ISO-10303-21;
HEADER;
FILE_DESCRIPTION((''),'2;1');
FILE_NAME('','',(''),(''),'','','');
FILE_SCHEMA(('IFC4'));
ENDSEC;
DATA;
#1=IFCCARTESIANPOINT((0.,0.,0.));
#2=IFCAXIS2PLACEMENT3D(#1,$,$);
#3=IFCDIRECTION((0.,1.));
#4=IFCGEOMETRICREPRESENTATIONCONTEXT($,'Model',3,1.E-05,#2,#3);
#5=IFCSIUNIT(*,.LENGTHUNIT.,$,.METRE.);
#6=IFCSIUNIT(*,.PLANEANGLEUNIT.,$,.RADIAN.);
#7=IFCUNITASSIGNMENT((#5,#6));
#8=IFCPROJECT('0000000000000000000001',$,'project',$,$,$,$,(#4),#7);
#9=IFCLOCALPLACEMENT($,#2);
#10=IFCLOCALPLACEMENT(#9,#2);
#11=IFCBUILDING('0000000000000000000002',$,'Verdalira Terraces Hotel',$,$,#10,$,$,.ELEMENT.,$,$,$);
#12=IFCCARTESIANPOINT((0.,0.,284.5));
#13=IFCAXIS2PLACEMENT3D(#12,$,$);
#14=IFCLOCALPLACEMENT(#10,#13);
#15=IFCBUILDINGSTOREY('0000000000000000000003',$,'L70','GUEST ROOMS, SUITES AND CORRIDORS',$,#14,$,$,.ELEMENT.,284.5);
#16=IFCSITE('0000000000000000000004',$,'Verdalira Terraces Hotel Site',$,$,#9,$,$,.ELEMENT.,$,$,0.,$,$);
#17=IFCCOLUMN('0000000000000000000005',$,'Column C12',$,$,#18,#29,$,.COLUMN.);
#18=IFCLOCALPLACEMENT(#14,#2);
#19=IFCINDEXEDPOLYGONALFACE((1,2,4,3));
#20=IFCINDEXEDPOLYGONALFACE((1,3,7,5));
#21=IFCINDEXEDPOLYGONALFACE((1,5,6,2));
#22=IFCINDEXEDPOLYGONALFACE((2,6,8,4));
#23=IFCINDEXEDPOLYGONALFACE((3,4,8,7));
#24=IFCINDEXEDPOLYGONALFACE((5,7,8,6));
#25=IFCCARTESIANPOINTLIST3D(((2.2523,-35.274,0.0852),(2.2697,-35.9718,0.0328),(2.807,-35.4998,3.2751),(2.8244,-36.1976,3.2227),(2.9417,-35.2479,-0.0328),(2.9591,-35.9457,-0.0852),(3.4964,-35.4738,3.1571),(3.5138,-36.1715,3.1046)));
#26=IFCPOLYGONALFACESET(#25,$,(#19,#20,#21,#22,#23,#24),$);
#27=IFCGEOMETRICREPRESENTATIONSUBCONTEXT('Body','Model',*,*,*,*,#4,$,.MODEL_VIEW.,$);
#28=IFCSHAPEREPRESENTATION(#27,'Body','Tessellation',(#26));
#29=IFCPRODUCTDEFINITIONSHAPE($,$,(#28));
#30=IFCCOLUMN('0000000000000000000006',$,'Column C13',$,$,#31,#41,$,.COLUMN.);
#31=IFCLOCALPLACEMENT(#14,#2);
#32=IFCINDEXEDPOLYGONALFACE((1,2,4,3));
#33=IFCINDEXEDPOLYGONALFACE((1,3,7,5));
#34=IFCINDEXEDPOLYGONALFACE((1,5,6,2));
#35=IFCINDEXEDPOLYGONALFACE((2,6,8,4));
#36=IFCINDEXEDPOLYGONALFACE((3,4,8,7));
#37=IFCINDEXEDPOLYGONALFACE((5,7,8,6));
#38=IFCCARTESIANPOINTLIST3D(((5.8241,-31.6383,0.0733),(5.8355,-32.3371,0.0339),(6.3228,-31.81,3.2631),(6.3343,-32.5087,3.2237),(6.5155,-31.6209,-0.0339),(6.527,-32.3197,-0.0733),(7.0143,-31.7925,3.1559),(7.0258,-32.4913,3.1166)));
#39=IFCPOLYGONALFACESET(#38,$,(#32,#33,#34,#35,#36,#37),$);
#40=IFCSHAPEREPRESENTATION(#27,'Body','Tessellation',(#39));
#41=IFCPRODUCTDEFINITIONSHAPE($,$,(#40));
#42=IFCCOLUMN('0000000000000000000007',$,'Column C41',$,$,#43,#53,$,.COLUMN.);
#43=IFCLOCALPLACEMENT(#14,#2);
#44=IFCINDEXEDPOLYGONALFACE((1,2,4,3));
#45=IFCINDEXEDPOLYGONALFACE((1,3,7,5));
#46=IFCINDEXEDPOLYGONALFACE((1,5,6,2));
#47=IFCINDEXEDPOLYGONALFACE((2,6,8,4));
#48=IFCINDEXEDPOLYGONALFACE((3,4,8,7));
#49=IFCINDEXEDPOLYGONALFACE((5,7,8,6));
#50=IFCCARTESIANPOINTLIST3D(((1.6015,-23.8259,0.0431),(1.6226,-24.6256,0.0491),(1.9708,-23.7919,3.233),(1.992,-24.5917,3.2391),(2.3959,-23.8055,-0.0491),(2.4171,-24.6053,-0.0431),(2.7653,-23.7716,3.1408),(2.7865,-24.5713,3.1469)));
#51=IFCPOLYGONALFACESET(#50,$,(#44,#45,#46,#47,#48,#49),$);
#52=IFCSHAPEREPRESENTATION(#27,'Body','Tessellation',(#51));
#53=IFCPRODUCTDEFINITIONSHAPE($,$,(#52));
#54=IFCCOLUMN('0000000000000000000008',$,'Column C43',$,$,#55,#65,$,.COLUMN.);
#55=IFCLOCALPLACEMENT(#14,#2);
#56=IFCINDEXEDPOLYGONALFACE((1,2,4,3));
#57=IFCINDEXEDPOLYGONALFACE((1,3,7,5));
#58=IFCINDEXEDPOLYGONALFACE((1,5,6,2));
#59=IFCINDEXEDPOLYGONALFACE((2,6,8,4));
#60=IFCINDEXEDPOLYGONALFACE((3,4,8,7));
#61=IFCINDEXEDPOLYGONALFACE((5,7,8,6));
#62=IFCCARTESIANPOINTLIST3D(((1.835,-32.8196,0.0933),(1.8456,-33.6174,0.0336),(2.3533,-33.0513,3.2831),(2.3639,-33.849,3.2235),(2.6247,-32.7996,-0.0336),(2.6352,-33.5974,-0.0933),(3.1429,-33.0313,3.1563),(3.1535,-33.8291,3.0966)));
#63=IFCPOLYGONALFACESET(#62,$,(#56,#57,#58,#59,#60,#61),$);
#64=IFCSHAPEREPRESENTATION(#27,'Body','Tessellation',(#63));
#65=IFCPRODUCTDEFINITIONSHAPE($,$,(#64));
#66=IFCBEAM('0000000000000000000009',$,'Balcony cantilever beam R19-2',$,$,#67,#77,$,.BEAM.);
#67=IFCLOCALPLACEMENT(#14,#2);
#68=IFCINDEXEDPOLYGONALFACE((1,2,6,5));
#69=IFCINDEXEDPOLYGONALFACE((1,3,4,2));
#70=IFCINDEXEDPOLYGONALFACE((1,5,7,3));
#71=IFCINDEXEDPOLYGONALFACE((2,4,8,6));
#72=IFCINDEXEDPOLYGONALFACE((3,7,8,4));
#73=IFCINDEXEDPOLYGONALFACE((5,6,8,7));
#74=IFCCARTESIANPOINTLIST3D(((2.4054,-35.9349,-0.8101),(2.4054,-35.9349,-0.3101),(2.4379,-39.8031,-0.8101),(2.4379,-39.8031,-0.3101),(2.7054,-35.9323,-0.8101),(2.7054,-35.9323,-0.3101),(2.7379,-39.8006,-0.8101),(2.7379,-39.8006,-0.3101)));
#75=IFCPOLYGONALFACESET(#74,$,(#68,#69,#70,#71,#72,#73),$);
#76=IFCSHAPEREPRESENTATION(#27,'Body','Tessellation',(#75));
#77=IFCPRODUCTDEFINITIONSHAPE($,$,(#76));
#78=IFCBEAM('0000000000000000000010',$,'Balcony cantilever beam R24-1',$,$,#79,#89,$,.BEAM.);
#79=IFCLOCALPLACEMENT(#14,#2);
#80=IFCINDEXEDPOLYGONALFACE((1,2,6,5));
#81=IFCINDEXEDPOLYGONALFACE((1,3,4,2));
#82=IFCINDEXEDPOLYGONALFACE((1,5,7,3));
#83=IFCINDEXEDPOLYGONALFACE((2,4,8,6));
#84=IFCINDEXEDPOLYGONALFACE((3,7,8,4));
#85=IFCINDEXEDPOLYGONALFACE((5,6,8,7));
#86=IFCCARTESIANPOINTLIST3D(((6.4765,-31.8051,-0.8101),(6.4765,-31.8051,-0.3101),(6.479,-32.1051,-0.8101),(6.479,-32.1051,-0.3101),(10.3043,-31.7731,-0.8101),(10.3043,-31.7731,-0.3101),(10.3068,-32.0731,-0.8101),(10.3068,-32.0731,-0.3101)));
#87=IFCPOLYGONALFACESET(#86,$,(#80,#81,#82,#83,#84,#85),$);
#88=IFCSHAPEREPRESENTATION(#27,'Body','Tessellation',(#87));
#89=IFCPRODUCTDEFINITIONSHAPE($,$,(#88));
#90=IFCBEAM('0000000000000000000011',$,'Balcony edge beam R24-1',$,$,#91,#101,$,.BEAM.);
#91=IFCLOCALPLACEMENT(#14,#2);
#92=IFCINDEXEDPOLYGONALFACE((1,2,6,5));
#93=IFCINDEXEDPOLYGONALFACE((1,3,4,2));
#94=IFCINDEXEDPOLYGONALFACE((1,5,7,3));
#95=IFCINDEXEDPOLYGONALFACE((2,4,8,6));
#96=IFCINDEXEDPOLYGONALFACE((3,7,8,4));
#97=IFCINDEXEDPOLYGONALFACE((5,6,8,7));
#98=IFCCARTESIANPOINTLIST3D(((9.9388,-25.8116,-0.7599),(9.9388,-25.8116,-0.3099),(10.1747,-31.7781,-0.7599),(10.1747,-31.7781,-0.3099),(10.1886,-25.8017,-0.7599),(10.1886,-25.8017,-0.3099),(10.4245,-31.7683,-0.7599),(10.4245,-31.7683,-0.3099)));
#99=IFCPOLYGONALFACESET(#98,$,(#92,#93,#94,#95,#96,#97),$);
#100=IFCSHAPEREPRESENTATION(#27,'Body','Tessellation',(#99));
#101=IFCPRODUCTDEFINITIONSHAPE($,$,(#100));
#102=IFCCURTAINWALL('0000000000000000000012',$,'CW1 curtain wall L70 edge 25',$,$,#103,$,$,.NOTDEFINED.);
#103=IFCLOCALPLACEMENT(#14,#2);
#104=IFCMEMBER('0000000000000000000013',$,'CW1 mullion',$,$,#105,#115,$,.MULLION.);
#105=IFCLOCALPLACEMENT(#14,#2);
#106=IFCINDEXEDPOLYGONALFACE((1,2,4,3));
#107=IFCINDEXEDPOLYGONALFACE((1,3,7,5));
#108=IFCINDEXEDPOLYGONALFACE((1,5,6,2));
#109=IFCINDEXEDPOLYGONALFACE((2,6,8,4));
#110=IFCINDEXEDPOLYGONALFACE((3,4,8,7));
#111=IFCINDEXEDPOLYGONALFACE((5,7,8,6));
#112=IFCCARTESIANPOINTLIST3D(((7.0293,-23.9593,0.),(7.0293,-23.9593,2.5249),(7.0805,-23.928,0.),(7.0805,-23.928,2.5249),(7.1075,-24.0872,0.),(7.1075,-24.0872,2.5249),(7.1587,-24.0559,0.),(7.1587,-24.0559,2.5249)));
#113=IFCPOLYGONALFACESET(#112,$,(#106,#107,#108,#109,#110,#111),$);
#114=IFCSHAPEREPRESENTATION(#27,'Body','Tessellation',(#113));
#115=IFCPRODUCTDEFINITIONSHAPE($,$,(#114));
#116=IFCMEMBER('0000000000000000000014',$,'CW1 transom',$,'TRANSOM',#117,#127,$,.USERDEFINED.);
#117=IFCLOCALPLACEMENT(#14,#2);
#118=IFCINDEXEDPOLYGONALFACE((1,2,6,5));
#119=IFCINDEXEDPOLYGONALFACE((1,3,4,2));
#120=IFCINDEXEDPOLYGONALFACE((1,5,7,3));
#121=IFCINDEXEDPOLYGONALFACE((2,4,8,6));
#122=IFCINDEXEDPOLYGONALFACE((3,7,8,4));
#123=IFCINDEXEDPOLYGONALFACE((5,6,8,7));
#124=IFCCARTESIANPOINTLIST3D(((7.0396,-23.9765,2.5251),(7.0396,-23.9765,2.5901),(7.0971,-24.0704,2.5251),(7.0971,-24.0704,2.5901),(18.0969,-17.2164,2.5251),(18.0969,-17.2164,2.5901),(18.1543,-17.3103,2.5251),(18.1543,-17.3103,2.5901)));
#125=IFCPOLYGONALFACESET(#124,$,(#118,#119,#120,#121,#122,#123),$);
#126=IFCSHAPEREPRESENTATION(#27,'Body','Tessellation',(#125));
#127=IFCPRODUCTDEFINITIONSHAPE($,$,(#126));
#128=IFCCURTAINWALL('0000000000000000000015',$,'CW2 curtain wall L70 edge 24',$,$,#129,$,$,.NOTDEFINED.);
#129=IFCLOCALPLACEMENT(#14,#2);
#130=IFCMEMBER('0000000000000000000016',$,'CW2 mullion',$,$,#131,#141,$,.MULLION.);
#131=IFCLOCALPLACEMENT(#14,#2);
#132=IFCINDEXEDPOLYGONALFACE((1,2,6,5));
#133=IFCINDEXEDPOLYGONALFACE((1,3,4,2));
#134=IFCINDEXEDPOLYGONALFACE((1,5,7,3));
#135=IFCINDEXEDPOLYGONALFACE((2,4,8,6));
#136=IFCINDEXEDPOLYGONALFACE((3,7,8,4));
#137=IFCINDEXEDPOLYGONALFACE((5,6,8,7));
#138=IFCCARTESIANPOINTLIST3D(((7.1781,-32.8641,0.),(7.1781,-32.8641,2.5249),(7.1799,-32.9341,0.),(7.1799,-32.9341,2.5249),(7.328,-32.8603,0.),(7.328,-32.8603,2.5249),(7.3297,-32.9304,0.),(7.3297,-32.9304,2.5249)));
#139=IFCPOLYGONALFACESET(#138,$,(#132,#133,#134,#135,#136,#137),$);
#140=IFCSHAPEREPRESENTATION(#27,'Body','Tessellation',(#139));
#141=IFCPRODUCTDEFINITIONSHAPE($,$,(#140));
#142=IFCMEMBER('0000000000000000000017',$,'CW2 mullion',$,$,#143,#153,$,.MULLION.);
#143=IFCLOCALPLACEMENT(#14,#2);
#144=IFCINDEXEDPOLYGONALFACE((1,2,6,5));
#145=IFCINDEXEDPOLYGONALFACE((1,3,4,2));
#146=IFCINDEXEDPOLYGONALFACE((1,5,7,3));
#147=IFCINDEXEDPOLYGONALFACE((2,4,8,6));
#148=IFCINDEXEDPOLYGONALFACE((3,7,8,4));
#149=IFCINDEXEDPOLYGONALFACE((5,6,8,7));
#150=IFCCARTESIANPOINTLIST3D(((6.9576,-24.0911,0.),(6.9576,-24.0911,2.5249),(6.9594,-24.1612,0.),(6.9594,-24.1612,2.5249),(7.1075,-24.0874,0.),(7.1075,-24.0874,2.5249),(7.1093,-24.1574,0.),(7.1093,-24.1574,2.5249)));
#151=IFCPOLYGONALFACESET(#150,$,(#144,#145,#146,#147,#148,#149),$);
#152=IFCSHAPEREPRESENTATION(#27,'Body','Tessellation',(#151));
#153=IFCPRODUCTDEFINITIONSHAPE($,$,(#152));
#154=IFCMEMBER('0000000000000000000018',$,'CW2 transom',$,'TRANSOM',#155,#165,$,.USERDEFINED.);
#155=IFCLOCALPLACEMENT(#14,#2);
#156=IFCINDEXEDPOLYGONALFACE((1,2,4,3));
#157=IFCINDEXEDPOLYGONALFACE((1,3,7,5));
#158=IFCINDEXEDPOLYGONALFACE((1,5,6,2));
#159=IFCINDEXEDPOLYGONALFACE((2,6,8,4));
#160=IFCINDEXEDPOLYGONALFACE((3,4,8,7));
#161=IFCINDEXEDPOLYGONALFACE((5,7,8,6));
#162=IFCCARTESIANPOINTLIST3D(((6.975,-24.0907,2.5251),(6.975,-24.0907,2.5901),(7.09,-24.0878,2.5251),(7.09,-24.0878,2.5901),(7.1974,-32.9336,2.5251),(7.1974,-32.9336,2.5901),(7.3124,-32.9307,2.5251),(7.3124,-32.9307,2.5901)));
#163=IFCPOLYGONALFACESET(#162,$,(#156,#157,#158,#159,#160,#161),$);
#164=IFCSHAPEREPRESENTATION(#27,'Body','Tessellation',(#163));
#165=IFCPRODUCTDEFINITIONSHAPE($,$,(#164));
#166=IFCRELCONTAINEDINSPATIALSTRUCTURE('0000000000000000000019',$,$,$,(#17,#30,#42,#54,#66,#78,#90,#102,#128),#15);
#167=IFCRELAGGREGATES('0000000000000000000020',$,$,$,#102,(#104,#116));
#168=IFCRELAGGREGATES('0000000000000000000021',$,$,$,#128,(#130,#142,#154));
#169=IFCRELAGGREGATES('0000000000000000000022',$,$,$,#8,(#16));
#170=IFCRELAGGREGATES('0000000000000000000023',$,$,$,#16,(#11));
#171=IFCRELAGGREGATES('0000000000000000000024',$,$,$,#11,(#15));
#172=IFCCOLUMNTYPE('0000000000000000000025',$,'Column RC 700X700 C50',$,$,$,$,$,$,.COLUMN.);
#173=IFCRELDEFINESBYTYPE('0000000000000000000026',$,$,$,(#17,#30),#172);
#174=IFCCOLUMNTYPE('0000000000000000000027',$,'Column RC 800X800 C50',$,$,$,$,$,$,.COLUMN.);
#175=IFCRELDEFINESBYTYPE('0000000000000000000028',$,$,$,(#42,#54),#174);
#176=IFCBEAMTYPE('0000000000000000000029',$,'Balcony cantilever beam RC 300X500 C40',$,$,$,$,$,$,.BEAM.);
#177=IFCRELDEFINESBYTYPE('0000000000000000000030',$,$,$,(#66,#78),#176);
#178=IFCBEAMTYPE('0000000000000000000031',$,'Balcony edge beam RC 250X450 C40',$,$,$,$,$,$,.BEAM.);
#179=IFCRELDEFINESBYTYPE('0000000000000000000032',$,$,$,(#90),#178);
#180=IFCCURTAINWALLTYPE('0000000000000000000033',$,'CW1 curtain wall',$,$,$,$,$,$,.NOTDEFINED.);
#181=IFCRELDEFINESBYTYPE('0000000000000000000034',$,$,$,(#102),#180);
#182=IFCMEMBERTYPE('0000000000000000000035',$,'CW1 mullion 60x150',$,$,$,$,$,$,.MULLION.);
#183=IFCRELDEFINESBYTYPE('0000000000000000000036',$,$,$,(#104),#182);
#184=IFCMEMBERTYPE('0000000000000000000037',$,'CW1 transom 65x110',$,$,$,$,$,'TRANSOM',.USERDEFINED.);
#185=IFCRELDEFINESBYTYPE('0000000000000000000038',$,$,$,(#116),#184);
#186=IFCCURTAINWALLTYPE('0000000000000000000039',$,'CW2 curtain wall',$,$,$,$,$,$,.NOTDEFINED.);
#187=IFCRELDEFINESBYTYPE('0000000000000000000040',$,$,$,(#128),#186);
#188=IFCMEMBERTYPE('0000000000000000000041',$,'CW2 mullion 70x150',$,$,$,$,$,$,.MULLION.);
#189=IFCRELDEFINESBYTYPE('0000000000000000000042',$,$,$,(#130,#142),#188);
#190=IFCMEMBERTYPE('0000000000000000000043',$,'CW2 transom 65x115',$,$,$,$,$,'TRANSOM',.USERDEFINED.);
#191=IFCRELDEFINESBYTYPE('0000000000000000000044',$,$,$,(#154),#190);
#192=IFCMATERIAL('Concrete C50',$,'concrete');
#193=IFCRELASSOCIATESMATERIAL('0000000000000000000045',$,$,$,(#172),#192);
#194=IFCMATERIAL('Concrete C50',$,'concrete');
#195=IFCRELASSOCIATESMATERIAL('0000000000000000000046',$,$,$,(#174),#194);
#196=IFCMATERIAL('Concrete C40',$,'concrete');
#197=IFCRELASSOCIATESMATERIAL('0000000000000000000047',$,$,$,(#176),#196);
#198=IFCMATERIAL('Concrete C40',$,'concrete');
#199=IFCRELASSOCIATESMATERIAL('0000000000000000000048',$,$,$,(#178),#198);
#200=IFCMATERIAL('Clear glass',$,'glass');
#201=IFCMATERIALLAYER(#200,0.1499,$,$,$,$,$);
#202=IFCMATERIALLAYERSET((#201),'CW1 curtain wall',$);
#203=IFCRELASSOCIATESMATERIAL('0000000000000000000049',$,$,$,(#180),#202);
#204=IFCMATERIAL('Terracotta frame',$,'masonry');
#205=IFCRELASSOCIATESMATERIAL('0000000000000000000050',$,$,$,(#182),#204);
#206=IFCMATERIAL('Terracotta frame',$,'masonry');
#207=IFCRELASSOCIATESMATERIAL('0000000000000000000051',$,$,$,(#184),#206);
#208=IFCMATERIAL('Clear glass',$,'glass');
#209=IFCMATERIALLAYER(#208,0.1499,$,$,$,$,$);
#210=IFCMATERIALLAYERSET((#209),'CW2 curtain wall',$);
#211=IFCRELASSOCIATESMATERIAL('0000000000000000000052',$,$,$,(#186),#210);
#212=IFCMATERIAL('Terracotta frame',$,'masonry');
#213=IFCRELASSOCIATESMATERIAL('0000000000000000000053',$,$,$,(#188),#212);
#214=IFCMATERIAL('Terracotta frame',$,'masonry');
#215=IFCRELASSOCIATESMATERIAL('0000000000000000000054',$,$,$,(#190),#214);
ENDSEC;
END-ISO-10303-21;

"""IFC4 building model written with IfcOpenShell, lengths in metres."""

from ifc_helpers import new_model, si_unit, direction, frame, origin, origin_2d, place, context, subcontext, project, spatial, rectangle, extrude, material, layer, layer_set, material_profile, profile_set, type_object, element, aggregate, save


model = new_model("IFC4")

# Units and contexts
model_context = context("Model", 3, precision=1e-05, world=origin(), true_north=direction((0.0, 1.0)))
body_context = subcontext(model_context, "Body", "Model", "MODEL_VIEW")
ifc_project = project(units=[si_unit("LENGTHUNIT", "METRE"), si_unit("PLANEANGLEUNIT", "RADIAN")], contexts=[model_context])

# Site, building, storey
site_placement = place(None, origin())
site = spatial("IfcSite", under=ifc_project, at=site_placement, Name="Verdalira Terraces Hotel Site", CompositionType="ELEMENT", RefElevation=0.0)
building_placement = place(site_placement, origin())
building = spatial("IfcBuilding", under=site, at=building_placement, Name="Verdalira Terraces Hotel", CompositionType="ELEMENT")
storey_placement = place(building_placement, frame((0.0, 0.0, 284.5)))
storey = spatial("IfcBuildingStorey", under=building, at=storey_placement, Name="L70", Description="GUEST ROOMS, SUITES AND CORRIDORS", CompositionType="ELEMENT", Elevation=284.5)

# Columns
ifc_material_1 = material(Name="Concrete C50", Category="concrete")
ifc_material_profile_1 = material_profile(ifc_material_1, rectangle(XDim=0.7, YDim=0.7, at=origin_2d()), Name="RC 700X700")
ifc_profile_set_1 = profile_set([ifc_material_profile_1], Name="Concrete C50")
column_type_1 = type_object("IfcColumnType", Name="Column RC 700X700 C50", PredefinedType="COLUMN", material=ifc_profile_set_1)
column_1_placement = place(storey_placement, frame((2.6057, -35.6099, 0.0), z_axis=(0.170901, -0.069579, 0.982828), x_axis=(0.984974, 0.037244, -0.168637)))
element("IfcColumn", 1, at=column_1_placement, inside=storey, type_object=column_type_1, Name="Column C12", PredefinedType="COLUMN", context=body_context, shape_type="SweptSolid", body=[
    extrude(rectangle(XDim=0.7, YDim=0.7, at=origin_2d()), origin(), (0.0, 0.0, 1.0), 3.2456),
])
column_2_placement = place(storey_placement, frame((6.1755, -31.979, 0.0), z_axis=(0.154265, -0.053083, 0.986602), x_axis=(-0.016423, 0.99828, 0.056279)))
element("IfcColumn", 2, at=column_2_placement, inside=storey, type_object=column_type_1, Name="Column C13", PredefinedType="COLUMN", context=body_context, shape_type="SweptSolid", body=[
    extrude(rectangle(XDim=0.7, YDim=0.7, at=origin_2d()), origin(), (0.0, 0.0, 1.0), 3.2332),
])
ifc_material_2 = material(Name="Concrete C50", Category="concrete")
ifc_material_profile_2 = material_profile(ifc_material_2, rectangle(XDim=0.8, YDim=0.8, at=origin_2d()), Name="RC 800X800")
ifc_profile_set_2 = profile_set([ifc_material_profile_2], Name="Concrete C50")
column_type_2 = type_object("IfcColumnType", Name="Column RC 800X800 C50", PredefinedType="COLUMN", material=ifc_profile_set_2)
column_3_placement = place(storey_placement, frame((2.0093, -24.2156, 0.0), z_axis=(0.115022, 0.010567, 0.993307), x_axis=(0.026463, -0.999621, 0.00757)))
element("IfcColumn", 3, at=column_3_placement, inside=storey, type_object=column_type_2, Name="Column C41", PredefinedType="COLUMN", context=body_context, shape_type="SweptSolid", body=[
    extrude(rectangle(XDim=0.8, YDim=0.8, at=origin_2d()), origin(), (0.0, 0.0, 1.0), 3.2114),
])
column_4_placement = place(storey_placement, frame((2.2351, -33.2085, 0.0), z_axis=(0.159969, -0.071508, 0.984529), x_axis=(0.013232, -0.997128, -0.074573)))
element("IfcColumn", 4, at=column_4_placement, inside=storey, type_object=column_type_2, Name="Column C43", PredefinedType="COLUMN", context=body_context, shape_type="SweptSolid", body=[
    extrude(rectangle(XDim=0.8, YDim=0.8, at=origin_2d()), origin(), (0.0, 0.0, 1.0), 3.24),
])

# Beams
ifc_material_3 = material(Name="Concrete C40", Category="concrete")
ifc_material_profile_3 = material_profile(ifc_material_3, rectangle(XDim=0.3, YDim=0.5, at=origin_2d()), Name="RC 300X500")
ifc_profile_set_3 = profile_set([ifc_material_profile_3], Name="Concrete C40")
beam_type_1 = type_object("IfcBeamType", Name="Balcony cantilever beam RC 300X500 C40", PredefinedType="BEAM", material=ifc_profile_set_3)
beam_1_placement = place(storey_placement, frame((2.5554, -35.9336, -0.5601), z_axis=(0.008394, -0.999965, 0.0), x_axis=(0.999965, 0.008394, 0.0)))
element("IfcBeam", 5, at=beam_1_placement, inside=storey, type_object=beam_type_1, Name="Balcony cantilever beam R19-2", PredefinedType="BEAM", context=body_context, shape_type="SweptSolid", body=[
    extrude(rectangle(XDim=0.3, YDim=0.5, at=origin_2d()), origin(), (0.0, 0.0, 1.0), 3.8684),
])
beam_2_placement = place(storey_placement, frame((6.4778, -31.9551, -0.5601), z_axis=(0.999965, 0.008355, 0.0), x_axis=(-0.008355, 0.999965, 0.0)))
element("IfcBeam", 6, at=beam_2_placement, inside=storey, type_object=beam_type_1, Name="Balcony cantilever beam R24-1", PredefinedType="BEAM", context=body_context, shape_type="SweptSolid", body=[
    extrude(rectangle(XDim=0.3, YDim=0.5, at=origin_2d()), origin(), (0.0, 0.0, 1.0), 3.8279),
])
ifc_material_4 = material(Name="Concrete C40", Category="concrete")
ifc_material_profile_4 = material_profile(ifc_material_4, rectangle(XDim=0.25, YDim=0.45, at=origin_2d()), Name="RC 250X450")
ifc_profile_set_4 = profile_set([ifc_material_profile_4], Name="Concrete C40")
beam_type_2 = type_object("IfcBeamType", Name="Balcony edge beam RC 250X450 C40", PredefinedType="BEAM", material=ifc_profile_set_4)
beam_3_placement = place(storey_placement, frame((10.2996, -31.7732, -0.5349), z_axis=(-0.039496, 0.99922, 0.0), x_axis=(-0.99922, -0.039496, 0.0)))
element("IfcBeam", 7, at=beam_3_placement, inside=storey, type_object=beam_type_2, Name="Balcony edge beam R24-1", PredefinedType="BEAM", context=body_context, shape_type="SweptSolid", body=[
    extrude(rectangle(XDim=0.25, YDim=0.45, at=origin_2d()), origin(), (0.0, 0.0, 1.0), 5.9712),
])

# Curtain walls, members
ifc_material_5 = material(Name="Clear glass", Category="glass")
ifc_layer_1 = layer(ifc_material_5, 0.1499)
ifc_layer_set_1 = layer_set([ifc_layer_1], Name="CW1 curtain wall")
curtain_wall_type_1 = type_object("IfcCurtainWallType", Name="CW1 curtain wall", PredefinedType="NOTDEFINED", material=ifc_layer_set_1)
curtain_wall_1_placement = place(storey_placement, origin())
curtain_wall_1 = element("IfcCurtainWall", 8, at=curtain_wall_1_placement, inside=storey, type_object=curtain_wall_type_1, Name="CW1 curtain wall L70 edge 25", PredefinedType="NOTDEFINED")
ifc_material_6 = material(Name="Terracotta frame", Category="masonry")
ifc_material_profile_5 = material_profile(ifc_material_6, rectangle(XDim=0.0601, YDim=0.1499, at=origin_2d()), Name="MU 60x150")
ifc_profile_set_5 = profile_set([ifc_material_profile_5], Name="Terracotta frame")
member_type_1 = type_object("IfcMemberType", Name="CW1 mullion 60x150", PredefinedType="MULLION", material=ifc_profile_set_5)
member_1_placement = place(storey_placement, frame((7.094, -24.0076, 0.0), z_axis=(0.0, 0.0, 1.0), x_axis=(0.853187, 0.521605, 0.0)))
member_1 = element("IfcMember", 9, at=member_1_placement, type_object=member_type_1, Name="CW1 mullion", PredefinedType="MULLION", context=body_context, shape_type="SweptSolid", body=[
    extrude(rectangle(XDim=0.0601, YDim=0.1499, at=origin_2d()), origin(), (0.0, 0.0, 1.0), 2.5249),
])
ifc_material_7 = material(Name="Terracotta frame", Category="masonry")
ifc_material_profile_6 = material_profile(ifc_material_7, rectangle(XDim=0.1101, YDim=0.0649, at=origin_2d()), Name="TR 65x110")
ifc_profile_set_6 = profile_set([ifc_material_profile_6], Name="Terracotta frame")
member_type_2 = type_object("IfcMemberType", Name="CW1 transom 65x110", ElementType="TRANSOM", PredefinedType="USERDEFINED", material=ifc_profile_set_6)
member_2_placement = place(storey_placement, frame((7.0684, -24.0234, 2.5576), z_axis=(0.853183, 0.521612, 0.0), x_axis=(-0.521612, 0.853183, 0.0)))
member_2 = element("IfcMember", 10, at=member_2_placement, type_object=member_type_2, Name="CW1 transom", ObjectType="TRANSOM", PredefinedType="USERDEFINED", context=body_context, shape_type="SweptSolid", body=[
    extrude(rectangle(XDim=0.1101, YDim=0.0649, at=origin_2d()), origin(), (0.0, 0.0, 1.0), 12.96),
])
aggregate(curtain_wall_1, [member_1, member_2])
ifc_material_8 = material(Name="Clear glass", Category="glass")
ifc_layer_2 = layer(ifc_material_8, 0.1499)
ifc_layer_set_2 = layer_set([ifc_layer_2], Name="CW2 curtain wall")
curtain_wall_type_2 = type_object("IfcCurtainWallType", Name="CW2 curtain wall", PredefinedType="NOTDEFINED", material=ifc_layer_set_2)
curtain_wall_2_placement = place(storey_placement, origin())
curtain_wall_2 = element("IfcCurtainWall", 11, at=curtain_wall_2_placement, inside=storey, type_object=curtain_wall_type_2, Name="CW2 curtain wall L70 edge 24", PredefinedType="NOTDEFINED")
ifc_material_9 = material(Name="Terracotta frame", Category="masonry")
ifc_material_profile_7 = material_profile(ifc_material_9, rectangle(XDim=0.0701, YDim=0.1499, at=origin_2d()), Name="MU 70x150")
ifc_profile_set_7 = profile_set([ifc_material_profile_7], Name="Terracotta frame")
member_type_3 = type_object("IfcMemberType", Name="CW2 mullion 70x150", PredefinedType="MULLION", material=ifc_profile_set_7)
member_3_placement = place(storey_placement, frame((7.2539, -32.8972, 0.0), z_axis=(0.0, 0.0, 1.0), x_axis=(-0.02513, 0.999684, 0.0)))
member_3 = element("IfcMember", 12, at=member_3_placement, type_object=member_type_3, Name="CW2 mullion", PredefinedType="MULLION", context=body_context, shape_type="SweptSolid", body=[
    extrude(rectangle(XDim=0.0701, YDim=0.1499, at=origin_2d()), origin(), (0.0, 0.0, 1.0), 2.5249),
])
member_4_placement = place(storey_placement, frame((7.0334, -24.1243, 0.0), z_axis=(0.0, 0.0, 1.0), x_axis=(-0.02513, 0.999684, 0.0)))
member_4 = element("IfcMember", 13, at=member_4_placement, type_object=member_type_3, Name="CW2 mullion", PredefinedType="MULLION", context=body_context, shape_type="SweptSolid", body=[
    extrude(rectangle(XDim=0.0701, YDim=0.1499, at=origin_2d()), origin(), (0.0, 0.0, 1.0), 2.5249),
])
ifc_material_10 = material(Name="Terracotta frame", Category="masonry")
ifc_material_profile_8 = material_profile(ifc_material_10, rectangle(XDim=0.115, YDim=0.0649, at=origin_2d()), Name="TR 65x115")
ifc_profile_set_8 = profile_set([ifc_material_profile_8], Name="Terracotta frame")
member_type_4 = type_object("IfcMemberType", Name="CW2 transom 65x115", ElementType="TRANSOM", PredefinedType="USERDEFINED", material=ifc_profile_set_8)
member_5_placement = place(storey_placement, frame((7.2549, -32.9321, 2.5576), z_axis=(-0.025143, 0.999684, 0.0), x_axis=(-0.999684, -0.025143, 0.0)))
member_5 = element("IfcMember", 14, at=member_5_placement, type_object=member_type_4, Name="CW2 transom", ObjectType="TRANSOM", PredefinedType="USERDEFINED", context=body_context, shape_type="SweptSolid", body=[
    extrude(rectangle(XDim=0.115, YDim=0.0649, at=origin_2d()), origin(), (0.0, 0.0, 1.0), 8.8457),
])

aggregate(curtain_wall_2, [member_3, member_4, member_5])

save(model, "model.ifc")
